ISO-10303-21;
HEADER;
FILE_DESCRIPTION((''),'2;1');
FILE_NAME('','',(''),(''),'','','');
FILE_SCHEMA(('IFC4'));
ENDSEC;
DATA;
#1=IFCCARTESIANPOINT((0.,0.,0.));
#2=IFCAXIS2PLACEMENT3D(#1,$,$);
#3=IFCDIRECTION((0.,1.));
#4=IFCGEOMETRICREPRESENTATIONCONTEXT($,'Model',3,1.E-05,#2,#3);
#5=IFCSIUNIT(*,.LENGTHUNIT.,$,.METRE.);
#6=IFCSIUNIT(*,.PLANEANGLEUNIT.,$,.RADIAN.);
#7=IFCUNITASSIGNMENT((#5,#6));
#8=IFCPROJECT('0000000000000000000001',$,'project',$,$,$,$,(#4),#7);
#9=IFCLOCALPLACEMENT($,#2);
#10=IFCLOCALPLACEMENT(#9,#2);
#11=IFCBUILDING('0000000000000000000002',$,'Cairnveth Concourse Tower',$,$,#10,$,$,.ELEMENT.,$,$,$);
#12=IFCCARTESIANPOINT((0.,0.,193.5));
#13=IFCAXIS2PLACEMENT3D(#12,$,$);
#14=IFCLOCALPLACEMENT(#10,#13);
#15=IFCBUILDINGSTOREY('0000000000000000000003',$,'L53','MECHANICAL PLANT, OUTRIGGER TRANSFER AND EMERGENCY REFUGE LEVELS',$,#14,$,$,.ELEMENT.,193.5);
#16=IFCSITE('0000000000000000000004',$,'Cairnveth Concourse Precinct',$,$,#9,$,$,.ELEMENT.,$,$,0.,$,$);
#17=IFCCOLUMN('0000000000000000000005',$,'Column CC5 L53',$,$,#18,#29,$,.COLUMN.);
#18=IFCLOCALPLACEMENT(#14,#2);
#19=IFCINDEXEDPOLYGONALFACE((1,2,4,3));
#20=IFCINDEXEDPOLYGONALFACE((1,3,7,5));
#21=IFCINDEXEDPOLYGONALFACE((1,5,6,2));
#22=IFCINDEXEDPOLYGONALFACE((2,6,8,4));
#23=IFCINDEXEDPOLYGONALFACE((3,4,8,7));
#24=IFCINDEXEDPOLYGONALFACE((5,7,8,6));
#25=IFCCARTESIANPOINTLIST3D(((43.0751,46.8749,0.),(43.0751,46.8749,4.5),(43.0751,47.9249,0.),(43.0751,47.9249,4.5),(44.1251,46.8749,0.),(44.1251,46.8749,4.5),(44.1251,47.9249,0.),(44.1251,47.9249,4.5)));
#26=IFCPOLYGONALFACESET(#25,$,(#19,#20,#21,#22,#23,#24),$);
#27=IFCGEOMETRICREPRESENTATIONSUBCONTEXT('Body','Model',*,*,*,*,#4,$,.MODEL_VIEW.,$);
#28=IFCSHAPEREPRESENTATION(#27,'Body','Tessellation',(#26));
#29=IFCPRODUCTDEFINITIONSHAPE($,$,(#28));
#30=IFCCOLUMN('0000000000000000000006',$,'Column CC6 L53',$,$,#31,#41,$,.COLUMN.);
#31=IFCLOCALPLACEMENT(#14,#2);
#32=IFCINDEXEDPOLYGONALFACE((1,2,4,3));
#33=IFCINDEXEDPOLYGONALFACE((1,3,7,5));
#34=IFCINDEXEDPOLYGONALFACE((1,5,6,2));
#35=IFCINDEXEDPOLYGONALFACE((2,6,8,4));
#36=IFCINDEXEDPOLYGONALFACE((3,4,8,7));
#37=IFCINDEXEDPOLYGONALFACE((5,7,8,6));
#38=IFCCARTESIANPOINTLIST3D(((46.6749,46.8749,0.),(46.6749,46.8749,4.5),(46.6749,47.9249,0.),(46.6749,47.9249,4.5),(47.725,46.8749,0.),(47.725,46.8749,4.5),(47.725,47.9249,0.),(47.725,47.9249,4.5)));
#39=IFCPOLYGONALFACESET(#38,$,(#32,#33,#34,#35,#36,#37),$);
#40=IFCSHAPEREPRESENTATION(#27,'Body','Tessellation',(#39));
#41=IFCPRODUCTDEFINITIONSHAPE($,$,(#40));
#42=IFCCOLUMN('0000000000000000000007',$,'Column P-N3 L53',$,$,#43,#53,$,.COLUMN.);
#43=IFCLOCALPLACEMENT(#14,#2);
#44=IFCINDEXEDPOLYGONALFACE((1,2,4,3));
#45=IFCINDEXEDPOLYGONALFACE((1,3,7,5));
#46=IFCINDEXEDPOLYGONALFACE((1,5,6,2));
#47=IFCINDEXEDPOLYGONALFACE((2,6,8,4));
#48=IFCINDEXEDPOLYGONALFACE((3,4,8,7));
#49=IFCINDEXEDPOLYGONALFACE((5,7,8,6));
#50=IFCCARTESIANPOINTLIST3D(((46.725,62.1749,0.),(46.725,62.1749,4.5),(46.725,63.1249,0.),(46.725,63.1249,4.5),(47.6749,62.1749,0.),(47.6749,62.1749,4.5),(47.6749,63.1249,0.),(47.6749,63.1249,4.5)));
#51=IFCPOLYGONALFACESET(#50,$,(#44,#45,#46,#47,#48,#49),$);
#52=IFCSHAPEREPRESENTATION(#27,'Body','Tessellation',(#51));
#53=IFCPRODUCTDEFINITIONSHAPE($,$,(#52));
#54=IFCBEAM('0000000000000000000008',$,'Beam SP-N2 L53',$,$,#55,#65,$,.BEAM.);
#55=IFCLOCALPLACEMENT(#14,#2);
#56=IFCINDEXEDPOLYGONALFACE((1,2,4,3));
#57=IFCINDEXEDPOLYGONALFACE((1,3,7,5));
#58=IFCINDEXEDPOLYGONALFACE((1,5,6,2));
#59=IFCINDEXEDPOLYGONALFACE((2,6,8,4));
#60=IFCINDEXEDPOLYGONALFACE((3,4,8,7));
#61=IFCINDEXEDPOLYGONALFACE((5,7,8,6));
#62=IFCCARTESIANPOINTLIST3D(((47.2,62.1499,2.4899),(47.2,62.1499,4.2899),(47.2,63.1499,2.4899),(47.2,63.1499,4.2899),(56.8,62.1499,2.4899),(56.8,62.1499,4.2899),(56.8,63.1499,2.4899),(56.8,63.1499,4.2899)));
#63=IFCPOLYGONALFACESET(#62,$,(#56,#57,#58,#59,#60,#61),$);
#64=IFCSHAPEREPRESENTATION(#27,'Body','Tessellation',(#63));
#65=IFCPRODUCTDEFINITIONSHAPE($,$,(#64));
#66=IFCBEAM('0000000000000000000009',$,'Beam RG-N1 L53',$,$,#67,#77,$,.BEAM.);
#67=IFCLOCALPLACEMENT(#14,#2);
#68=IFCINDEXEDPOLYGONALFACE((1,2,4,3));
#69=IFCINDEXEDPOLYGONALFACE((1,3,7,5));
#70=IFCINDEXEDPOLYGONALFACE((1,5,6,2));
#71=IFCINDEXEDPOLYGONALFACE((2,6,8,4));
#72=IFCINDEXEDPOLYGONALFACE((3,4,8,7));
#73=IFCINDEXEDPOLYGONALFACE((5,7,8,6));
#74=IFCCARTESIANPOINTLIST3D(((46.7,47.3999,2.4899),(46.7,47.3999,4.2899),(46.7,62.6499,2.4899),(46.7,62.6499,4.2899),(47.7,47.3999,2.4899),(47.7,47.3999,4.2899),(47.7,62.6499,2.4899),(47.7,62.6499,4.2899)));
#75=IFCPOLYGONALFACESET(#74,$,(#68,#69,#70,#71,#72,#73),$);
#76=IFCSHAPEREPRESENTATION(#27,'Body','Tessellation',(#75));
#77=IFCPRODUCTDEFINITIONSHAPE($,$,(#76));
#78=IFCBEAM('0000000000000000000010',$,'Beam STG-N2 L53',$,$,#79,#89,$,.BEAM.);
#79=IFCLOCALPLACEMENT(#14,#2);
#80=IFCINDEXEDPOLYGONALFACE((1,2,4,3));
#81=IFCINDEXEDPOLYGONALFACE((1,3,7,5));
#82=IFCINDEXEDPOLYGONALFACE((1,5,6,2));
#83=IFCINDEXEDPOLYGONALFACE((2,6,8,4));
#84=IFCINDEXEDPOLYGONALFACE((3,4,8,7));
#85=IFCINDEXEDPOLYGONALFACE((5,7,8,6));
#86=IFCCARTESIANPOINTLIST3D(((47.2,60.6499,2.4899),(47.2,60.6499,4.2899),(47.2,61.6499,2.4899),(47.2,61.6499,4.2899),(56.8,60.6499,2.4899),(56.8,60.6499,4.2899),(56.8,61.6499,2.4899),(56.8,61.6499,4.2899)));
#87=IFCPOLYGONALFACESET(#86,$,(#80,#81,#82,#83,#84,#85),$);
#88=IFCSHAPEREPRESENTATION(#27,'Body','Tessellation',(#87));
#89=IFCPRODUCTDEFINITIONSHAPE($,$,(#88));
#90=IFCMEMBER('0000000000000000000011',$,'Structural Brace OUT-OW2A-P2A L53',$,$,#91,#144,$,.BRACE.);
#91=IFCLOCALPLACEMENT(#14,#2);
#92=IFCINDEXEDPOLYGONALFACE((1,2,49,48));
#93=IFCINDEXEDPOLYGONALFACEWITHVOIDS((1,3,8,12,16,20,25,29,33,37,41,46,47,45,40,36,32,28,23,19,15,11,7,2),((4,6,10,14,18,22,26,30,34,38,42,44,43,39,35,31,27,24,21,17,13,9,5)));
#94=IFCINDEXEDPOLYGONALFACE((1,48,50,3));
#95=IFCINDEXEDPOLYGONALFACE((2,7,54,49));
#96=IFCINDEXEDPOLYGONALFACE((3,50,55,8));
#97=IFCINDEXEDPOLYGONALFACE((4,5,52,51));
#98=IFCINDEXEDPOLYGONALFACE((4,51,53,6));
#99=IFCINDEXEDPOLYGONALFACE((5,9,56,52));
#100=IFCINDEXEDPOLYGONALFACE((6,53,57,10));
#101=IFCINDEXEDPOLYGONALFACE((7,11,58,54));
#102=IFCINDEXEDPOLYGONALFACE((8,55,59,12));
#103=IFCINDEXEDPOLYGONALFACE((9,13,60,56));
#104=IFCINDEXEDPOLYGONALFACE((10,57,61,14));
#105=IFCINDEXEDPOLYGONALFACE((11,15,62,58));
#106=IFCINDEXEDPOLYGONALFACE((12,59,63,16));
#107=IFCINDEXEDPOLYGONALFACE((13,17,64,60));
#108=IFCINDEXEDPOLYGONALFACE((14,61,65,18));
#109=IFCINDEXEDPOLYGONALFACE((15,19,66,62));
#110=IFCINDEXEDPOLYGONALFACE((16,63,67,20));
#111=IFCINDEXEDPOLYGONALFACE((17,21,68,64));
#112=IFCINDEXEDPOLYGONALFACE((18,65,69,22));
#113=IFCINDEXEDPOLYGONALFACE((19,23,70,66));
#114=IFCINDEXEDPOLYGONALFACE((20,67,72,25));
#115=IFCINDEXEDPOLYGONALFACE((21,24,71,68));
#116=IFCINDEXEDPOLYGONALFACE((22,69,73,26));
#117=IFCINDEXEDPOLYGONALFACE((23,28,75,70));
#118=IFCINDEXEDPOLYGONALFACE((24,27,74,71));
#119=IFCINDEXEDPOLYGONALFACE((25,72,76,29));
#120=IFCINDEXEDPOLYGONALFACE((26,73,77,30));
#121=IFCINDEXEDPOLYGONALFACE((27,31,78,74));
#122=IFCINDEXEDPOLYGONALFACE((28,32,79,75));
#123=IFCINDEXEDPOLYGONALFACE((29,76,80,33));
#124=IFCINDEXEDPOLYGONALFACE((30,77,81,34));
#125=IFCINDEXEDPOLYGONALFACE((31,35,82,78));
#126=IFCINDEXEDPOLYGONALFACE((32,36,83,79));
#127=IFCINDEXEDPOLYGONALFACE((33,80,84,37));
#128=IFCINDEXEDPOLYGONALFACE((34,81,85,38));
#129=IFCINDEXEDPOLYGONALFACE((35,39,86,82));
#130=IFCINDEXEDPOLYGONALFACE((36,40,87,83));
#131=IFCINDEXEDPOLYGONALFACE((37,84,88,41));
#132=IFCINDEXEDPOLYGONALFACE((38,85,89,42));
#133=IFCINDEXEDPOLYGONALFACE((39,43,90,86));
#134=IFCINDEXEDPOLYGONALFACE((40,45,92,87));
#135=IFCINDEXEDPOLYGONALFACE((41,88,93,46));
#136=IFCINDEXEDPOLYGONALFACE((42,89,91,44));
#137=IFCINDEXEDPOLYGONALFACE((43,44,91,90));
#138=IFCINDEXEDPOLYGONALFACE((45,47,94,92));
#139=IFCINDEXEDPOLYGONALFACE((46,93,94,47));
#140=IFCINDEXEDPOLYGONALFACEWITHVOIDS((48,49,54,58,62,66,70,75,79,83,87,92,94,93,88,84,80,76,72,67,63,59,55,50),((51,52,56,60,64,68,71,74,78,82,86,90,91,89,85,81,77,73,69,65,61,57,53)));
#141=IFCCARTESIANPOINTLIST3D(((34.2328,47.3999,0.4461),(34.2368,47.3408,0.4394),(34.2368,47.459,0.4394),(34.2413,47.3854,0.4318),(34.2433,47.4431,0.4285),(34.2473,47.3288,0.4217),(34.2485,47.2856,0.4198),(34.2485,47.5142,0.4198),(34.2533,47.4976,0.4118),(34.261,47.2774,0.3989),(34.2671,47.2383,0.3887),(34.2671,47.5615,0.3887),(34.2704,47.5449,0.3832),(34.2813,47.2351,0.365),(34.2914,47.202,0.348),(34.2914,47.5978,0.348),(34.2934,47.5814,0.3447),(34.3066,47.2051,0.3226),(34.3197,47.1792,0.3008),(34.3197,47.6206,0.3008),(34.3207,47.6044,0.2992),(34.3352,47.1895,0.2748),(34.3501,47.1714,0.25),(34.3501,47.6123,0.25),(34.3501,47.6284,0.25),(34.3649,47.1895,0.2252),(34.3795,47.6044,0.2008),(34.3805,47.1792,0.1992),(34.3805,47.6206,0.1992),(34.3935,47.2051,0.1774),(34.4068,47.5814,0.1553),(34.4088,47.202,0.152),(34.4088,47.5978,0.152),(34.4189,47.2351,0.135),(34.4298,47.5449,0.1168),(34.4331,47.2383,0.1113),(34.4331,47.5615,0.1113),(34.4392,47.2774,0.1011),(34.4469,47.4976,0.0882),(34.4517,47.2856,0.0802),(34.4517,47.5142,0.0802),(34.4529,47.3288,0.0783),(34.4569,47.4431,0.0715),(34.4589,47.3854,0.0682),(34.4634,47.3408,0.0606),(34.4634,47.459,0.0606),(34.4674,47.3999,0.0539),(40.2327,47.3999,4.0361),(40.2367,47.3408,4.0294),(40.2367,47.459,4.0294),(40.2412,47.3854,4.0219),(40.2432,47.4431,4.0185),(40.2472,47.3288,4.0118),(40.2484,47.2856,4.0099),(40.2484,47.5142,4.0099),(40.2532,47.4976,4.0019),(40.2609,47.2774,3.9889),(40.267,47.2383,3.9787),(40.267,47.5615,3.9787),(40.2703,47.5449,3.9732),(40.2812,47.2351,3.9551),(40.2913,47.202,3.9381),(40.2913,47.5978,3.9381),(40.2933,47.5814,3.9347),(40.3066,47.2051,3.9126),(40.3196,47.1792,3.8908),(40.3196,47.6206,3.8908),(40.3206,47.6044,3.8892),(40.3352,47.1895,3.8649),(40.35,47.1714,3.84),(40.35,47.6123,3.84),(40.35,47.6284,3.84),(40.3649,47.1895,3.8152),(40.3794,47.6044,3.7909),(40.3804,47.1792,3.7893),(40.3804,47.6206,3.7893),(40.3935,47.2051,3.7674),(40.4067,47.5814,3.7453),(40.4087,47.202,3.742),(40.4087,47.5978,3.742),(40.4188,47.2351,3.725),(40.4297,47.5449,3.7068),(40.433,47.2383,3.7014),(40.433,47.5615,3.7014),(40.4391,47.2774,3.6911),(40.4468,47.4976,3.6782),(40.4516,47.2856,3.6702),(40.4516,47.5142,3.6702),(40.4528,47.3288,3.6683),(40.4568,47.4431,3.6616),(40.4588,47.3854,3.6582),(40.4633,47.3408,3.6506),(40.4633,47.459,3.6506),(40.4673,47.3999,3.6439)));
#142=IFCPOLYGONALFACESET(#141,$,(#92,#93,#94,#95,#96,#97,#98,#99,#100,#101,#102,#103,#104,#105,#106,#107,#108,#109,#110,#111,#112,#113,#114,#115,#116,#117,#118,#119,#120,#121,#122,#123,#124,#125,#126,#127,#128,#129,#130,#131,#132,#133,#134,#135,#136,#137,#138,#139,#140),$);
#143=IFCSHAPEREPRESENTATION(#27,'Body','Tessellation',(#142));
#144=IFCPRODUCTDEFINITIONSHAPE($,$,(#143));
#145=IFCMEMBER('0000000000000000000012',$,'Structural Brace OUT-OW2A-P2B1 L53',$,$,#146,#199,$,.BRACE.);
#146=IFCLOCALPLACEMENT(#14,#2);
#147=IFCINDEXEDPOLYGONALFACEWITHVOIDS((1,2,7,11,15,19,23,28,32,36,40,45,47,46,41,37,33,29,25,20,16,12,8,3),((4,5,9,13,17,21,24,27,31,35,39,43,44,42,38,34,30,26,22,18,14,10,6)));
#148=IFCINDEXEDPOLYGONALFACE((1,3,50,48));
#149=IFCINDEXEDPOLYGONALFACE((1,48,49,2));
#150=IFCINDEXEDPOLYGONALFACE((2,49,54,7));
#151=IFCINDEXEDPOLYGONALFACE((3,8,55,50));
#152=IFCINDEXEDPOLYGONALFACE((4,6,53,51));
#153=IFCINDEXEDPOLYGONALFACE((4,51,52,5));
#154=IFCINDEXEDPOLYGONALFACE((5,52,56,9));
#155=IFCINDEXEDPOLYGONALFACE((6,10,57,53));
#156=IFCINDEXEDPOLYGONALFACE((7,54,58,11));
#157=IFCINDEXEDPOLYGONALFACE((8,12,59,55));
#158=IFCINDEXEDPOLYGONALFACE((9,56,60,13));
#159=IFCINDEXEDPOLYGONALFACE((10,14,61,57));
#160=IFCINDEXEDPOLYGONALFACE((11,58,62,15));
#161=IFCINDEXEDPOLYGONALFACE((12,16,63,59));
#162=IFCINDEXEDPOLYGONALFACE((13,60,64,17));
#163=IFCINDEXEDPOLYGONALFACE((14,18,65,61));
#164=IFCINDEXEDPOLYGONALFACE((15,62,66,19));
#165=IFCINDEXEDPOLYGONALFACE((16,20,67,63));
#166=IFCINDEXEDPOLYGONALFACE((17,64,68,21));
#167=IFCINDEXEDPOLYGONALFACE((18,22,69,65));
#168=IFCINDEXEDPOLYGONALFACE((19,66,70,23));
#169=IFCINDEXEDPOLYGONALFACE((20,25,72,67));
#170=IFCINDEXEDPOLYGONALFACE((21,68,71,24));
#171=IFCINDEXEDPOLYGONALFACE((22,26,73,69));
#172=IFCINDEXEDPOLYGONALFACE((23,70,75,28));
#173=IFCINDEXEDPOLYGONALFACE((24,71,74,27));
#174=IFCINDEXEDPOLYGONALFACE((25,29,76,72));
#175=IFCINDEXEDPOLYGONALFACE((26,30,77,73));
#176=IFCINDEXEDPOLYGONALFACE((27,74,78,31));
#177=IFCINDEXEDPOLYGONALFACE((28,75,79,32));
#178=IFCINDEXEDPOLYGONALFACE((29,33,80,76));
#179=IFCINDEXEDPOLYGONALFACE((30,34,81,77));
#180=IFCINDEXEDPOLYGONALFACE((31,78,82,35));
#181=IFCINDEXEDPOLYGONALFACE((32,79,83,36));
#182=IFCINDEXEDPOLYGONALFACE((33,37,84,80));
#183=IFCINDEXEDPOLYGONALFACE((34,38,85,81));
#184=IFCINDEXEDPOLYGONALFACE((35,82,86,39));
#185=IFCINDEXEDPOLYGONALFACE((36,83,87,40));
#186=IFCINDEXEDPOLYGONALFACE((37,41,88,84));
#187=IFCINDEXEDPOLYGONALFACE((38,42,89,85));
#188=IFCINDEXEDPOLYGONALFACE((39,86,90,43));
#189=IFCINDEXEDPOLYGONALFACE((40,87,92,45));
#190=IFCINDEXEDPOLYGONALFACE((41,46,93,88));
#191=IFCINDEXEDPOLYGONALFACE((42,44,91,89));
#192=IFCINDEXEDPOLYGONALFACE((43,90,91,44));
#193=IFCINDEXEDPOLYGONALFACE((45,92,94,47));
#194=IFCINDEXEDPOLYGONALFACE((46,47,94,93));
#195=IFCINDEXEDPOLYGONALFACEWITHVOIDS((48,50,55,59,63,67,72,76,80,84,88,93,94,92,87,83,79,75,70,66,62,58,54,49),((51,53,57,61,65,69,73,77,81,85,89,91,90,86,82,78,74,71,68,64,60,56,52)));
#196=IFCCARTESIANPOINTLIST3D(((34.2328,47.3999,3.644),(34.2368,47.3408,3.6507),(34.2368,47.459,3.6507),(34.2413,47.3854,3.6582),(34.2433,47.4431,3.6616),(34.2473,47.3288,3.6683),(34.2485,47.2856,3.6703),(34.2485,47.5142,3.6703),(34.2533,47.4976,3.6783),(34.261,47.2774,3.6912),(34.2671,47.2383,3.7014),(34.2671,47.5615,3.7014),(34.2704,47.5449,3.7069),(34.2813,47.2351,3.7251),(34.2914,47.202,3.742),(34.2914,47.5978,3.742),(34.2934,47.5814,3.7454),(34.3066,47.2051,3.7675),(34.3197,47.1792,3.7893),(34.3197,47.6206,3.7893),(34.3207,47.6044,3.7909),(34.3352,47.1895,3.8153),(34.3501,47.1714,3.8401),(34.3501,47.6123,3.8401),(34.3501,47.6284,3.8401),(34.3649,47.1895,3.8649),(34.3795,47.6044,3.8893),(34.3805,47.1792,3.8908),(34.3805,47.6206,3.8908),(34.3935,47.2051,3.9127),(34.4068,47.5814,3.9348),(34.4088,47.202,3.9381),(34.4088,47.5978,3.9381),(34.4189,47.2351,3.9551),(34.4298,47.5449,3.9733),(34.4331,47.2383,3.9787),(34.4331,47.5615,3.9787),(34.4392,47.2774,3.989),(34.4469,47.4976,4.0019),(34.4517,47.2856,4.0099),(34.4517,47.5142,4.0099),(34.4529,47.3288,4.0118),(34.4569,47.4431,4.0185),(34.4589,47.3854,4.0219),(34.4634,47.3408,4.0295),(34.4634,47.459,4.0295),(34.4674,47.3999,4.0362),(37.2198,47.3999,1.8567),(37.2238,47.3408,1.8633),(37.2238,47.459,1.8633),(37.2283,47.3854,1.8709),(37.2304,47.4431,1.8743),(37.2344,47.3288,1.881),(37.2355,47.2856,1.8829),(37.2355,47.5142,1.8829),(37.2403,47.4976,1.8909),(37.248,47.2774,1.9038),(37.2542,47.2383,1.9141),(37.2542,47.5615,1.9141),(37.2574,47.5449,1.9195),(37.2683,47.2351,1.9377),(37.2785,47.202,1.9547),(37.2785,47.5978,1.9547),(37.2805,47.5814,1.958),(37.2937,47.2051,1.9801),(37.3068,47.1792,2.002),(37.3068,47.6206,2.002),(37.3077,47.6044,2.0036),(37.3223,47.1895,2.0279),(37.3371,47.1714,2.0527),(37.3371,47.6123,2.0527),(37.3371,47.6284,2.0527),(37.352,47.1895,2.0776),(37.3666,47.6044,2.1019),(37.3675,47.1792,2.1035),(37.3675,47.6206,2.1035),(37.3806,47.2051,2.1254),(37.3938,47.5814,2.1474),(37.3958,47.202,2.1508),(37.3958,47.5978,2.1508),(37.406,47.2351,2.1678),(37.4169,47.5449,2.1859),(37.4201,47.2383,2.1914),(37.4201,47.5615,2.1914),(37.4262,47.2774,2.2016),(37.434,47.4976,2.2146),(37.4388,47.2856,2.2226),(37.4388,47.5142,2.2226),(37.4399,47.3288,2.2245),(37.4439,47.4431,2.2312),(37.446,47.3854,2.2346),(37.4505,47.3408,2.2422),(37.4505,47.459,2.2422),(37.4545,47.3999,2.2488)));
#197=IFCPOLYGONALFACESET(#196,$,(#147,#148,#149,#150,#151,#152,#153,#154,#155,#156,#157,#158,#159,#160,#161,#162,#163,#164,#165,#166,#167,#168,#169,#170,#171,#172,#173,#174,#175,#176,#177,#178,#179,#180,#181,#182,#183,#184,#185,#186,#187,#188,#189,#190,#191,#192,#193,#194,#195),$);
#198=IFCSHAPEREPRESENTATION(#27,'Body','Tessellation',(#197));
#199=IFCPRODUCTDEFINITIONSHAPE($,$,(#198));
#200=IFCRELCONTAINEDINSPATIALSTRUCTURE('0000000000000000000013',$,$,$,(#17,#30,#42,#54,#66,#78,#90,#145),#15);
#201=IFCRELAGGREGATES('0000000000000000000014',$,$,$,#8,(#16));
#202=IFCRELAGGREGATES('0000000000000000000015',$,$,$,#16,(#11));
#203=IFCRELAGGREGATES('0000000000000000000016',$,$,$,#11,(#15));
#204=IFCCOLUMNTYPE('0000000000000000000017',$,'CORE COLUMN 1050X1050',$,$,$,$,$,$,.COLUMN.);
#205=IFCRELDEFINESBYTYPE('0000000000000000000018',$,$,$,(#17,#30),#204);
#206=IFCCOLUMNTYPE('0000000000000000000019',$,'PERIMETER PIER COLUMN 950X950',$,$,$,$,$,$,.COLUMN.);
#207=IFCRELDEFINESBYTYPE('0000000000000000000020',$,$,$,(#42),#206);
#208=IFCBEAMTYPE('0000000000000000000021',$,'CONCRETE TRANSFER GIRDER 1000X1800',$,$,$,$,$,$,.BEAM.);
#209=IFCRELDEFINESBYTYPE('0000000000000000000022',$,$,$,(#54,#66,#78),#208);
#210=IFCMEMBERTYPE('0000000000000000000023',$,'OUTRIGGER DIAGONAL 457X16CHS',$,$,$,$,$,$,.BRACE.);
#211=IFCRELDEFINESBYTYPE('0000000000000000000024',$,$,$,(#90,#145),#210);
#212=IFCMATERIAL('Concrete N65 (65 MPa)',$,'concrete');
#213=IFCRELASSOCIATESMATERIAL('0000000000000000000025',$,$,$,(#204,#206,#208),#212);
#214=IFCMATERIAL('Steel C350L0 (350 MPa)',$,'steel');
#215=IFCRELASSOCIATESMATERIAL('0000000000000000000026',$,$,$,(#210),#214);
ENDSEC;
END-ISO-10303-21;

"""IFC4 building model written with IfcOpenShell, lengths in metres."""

from ifc_helpers import new_model, si_unit, direction, frame, origin, origin_2d, place, context, subcontext, project, spatial, rectangle, hollow_circle, extrude, material, material_profile, profile_set, type_object, element, save


model = new_model("IFC4")

# Units and contexts
model_context = context("Model", 3, precision=1e-05, world=origin(), true_north=direction((0.0, 1.0)))
body_context = subcontext(model_context, "Body", "Model", "MODEL_VIEW")
ifc_project = project(units=[si_unit("LENGTHUNIT", "METRE"), si_unit("PLANEANGLEUNIT", "RADIAN")], contexts=[model_context])

# Site, building, storey
site_placement = place(None, origin())
site = spatial("IfcSite", under=ifc_project, at=site_placement, Name="Cairnveth Concourse Precinct", CompositionType="ELEMENT", RefElevation=0.0)
building_placement = place(site_placement, origin())
building = spatial("IfcBuilding", under=site, at=building_placement, Name="Cairnveth Concourse Tower", CompositionType="ELEMENT")
storey_placement = place(building_placement, frame((0.0, 0.0, 193.5)))
storey = spatial("IfcBuildingStorey", under=building, at=storey_placement, Name="L53", Description="MECHANICAL PLANT, OUTRIGGER TRANSFER AND EMERGENCY REFUGE LEVELS", CompositionType="ELEMENT", Elevation=193.5)

# Columns
ifc_material_1 = material(Name="Concrete N65 (65 MPa)", Category="concrete")
ifc_material_profile_1 = material_profile(ifc_material_1, rectangle(XDim=1.05, YDim=1.05, at=origin_2d()), Name="RC-COL-1050x1050")
ifc_profile_set_1 = profile_set([ifc_material_profile_1], Name="Concrete N65 (65 MPa)")
column_type_1 = type_object("IfcColumnType", Name="CORE COLUMN 1050X1050", PredefinedType="COLUMN", material=ifc_profile_set_1)
for number, where, z_axis, x_axis, name in (
    (1, (43.6001, 47.3999, 0.0), (0.0, 0.0, 1.0), (1.0, 0.0, 0.0), "Column CC5 L53"),
    (2, (47.2, 47.3999, 0.0), (0.0, 0.0, 1.0), (1.0, 0.0, 0.0), "Column CC6 L53"),
):
    element("IfcColumn", number, at=place(storey_placement, frame(where, z_axis=z_axis, x_axis=x_axis)), inside=storey, type_object=column_type_1, Name=name, PredefinedType="COLUMN", context=body_context, shape_type="SweptSolid", body=[
        extrude(rectangle(XDim=1.05, YDim=1.05, at=origin_2d()), origin(), (0.0, 0.0, 1.0), 4.5),
    ])
ifc_material_profile_2 = material_profile(ifc_material_1, rectangle(XDim=0.95, YDim=0.95, at=origin_2d()), Name="RC-COL-950x950")
ifc_profile_set_2 = profile_set([ifc_material_profile_2], Name="Concrete N65 (65 MPa)")
column_type_2 = type_object("IfcColumnType", Name="PERIMETER PIER COLUMN 950X950", PredefinedType="COLUMN", material=ifc_profile_set_2)
column_placement = place(storey_placement, frame((47.2, 62.6499, 0.0), z_axis=(0.0, 0.0, 1.0), x_axis=(1.0, 0.0, 0.0)))
element("IfcColumn", 3, at=column_placement, inside=storey, type_object=column_type_2, Name="Column P-N3 L53", PredefinedType="COLUMN", context=body_context, shape_type="SweptSolid", body=[
    extrude(rectangle(XDim=0.95, YDim=0.95, at=origin_2d()), origin(), (0.0, 0.0, 1.0), 4.5),
])

# Beams
ifc_material_profile_3 = material_profile(ifc_material_1, rectangle(XDim=1.0, YDim=1.8, at=origin_2d()), Name="RC-TB-1000x1800")
ifc_profile_set_3 = profile_set([ifc_material_profile_3], Name="Concrete N65 (65 MPa)")
beam_type_1 = type_object("IfcBeamType", Name="CONCRETE TRANSFER GIRDER 1000X1800", PredefinedType="BEAM", material=ifc_profile_set_3)
beam_1_placement = place(storey_placement, frame((47.2, 62.6499, 3.3899), z_axis=(1.0, 0.0, 0.0), x_axis=(0.0, 1.0, 0.0)))
element("IfcBeam", 4, at=beam_1_placement, inside=storey, type_object=beam_type_1, Name="Beam SP-N2 L53", PredefinedType="BEAM", context=body_context, shape_type="SweptSolid", body=[
    extrude(rectangle(XDim=1.0, YDim=1.8, at=origin_2d()), origin(), (0.0, 0.0, 1.0), 9.6001),
])
beam_2_placement = place(storey_placement, frame((47.2, 47.3999, 3.3899), z_axis=(0.0, 1.0, 0.0), x_axis=(-1.0, 0.0, 0.0)))
element("IfcBeam", 5, at=beam_2_placement, inside=storey, type_object=beam_type_1, Name="Beam RG-N1 L53", PredefinedType="BEAM", context=body_context, shape_type="SweptSolid", body=[
    extrude(rectangle(XDim=1.0, YDim=1.8, at=origin_2d()), origin(), (0.0, 0.0, 1.0), 15.25),
])
beam_3_placement = place(storey_placement, frame((47.2, 61.1499, 3.3899), z_axis=(1.0, 0.0, 0.0), x_axis=(0.0, 1.0, 0.0)))
element("IfcBeam", 6, at=beam_3_placement, inside=storey, type_object=beam_type_1, Name="Beam STG-N2 L53", PredefinedType="BEAM", context=body_context, shape_type="SweptSolid", body=[
    extrude(rectangle(XDim=1.0, YDim=1.8, at=origin_2d()), origin(), (0.0, 0.0, 1.0), 9.6001),
])

# Members
ifc_material_2 = material(Name="Steel C350L0 (350 MPa)", Category="steel")
ifc_material_profile_4 = material_profile(ifc_material_2, hollow_circle(Radius=0.2285, WallThickness=0.0161, at=origin_2d()), Name="457.0x16.0CHS")
ifc_profile_set_4 = profile_set([ifc_material_profile_4], Name="Steel C350L0 (350 MPa)")
member_type_1 = type_object("IfcMemberType", Name="OUTRIGGER DIAGONAL 457X16CHS", PredefinedType="BRACE", material=ifc_profile_set_4)
member_1_placement = place(storey_placement, frame((34.3501, 47.3999, 0.25), z_axis=(0.858118, 0.0, 0.513453), x_axis=(0.0, 1.0, 0.0)))
element("IfcMember", 7, at=member_1_placement, inside=storey, type_object=member_type_1, Name="Structural Brace OUT-OW2A-P2A L53", PredefinedType="BRACE", context=body_context, shape_type="SweptSolid", body=[
    extrude(hollow_circle(Radius=0.2285, WallThickness=0.0161, at=origin_2d()), origin(), (0.0, 0.0, 1.0), 6.9919),
])
member_2_placement = place(storey_placement, frame((34.3501, 47.3999, 3.8401), z_axis=(0.858111, 0.0, -0.513464), x_axis=(0.0, 1.0, 0.0)))
element("IfcMember", 8, at=member_2_placement, inside=storey, type_object=member_type_1, Name="Structural Brace OUT-OW2A-P2B1 L53", PredefinedType="BRACE", context=body_context, shape_type="SweptSolid", body=[
    extrude(hollow_circle(Radius=0.2285, WallThickness=0.0161, at=origin_2d()), origin(), (0.0, 0.0, 1.0), 3.481),
])

save(model, "model.ifc")
